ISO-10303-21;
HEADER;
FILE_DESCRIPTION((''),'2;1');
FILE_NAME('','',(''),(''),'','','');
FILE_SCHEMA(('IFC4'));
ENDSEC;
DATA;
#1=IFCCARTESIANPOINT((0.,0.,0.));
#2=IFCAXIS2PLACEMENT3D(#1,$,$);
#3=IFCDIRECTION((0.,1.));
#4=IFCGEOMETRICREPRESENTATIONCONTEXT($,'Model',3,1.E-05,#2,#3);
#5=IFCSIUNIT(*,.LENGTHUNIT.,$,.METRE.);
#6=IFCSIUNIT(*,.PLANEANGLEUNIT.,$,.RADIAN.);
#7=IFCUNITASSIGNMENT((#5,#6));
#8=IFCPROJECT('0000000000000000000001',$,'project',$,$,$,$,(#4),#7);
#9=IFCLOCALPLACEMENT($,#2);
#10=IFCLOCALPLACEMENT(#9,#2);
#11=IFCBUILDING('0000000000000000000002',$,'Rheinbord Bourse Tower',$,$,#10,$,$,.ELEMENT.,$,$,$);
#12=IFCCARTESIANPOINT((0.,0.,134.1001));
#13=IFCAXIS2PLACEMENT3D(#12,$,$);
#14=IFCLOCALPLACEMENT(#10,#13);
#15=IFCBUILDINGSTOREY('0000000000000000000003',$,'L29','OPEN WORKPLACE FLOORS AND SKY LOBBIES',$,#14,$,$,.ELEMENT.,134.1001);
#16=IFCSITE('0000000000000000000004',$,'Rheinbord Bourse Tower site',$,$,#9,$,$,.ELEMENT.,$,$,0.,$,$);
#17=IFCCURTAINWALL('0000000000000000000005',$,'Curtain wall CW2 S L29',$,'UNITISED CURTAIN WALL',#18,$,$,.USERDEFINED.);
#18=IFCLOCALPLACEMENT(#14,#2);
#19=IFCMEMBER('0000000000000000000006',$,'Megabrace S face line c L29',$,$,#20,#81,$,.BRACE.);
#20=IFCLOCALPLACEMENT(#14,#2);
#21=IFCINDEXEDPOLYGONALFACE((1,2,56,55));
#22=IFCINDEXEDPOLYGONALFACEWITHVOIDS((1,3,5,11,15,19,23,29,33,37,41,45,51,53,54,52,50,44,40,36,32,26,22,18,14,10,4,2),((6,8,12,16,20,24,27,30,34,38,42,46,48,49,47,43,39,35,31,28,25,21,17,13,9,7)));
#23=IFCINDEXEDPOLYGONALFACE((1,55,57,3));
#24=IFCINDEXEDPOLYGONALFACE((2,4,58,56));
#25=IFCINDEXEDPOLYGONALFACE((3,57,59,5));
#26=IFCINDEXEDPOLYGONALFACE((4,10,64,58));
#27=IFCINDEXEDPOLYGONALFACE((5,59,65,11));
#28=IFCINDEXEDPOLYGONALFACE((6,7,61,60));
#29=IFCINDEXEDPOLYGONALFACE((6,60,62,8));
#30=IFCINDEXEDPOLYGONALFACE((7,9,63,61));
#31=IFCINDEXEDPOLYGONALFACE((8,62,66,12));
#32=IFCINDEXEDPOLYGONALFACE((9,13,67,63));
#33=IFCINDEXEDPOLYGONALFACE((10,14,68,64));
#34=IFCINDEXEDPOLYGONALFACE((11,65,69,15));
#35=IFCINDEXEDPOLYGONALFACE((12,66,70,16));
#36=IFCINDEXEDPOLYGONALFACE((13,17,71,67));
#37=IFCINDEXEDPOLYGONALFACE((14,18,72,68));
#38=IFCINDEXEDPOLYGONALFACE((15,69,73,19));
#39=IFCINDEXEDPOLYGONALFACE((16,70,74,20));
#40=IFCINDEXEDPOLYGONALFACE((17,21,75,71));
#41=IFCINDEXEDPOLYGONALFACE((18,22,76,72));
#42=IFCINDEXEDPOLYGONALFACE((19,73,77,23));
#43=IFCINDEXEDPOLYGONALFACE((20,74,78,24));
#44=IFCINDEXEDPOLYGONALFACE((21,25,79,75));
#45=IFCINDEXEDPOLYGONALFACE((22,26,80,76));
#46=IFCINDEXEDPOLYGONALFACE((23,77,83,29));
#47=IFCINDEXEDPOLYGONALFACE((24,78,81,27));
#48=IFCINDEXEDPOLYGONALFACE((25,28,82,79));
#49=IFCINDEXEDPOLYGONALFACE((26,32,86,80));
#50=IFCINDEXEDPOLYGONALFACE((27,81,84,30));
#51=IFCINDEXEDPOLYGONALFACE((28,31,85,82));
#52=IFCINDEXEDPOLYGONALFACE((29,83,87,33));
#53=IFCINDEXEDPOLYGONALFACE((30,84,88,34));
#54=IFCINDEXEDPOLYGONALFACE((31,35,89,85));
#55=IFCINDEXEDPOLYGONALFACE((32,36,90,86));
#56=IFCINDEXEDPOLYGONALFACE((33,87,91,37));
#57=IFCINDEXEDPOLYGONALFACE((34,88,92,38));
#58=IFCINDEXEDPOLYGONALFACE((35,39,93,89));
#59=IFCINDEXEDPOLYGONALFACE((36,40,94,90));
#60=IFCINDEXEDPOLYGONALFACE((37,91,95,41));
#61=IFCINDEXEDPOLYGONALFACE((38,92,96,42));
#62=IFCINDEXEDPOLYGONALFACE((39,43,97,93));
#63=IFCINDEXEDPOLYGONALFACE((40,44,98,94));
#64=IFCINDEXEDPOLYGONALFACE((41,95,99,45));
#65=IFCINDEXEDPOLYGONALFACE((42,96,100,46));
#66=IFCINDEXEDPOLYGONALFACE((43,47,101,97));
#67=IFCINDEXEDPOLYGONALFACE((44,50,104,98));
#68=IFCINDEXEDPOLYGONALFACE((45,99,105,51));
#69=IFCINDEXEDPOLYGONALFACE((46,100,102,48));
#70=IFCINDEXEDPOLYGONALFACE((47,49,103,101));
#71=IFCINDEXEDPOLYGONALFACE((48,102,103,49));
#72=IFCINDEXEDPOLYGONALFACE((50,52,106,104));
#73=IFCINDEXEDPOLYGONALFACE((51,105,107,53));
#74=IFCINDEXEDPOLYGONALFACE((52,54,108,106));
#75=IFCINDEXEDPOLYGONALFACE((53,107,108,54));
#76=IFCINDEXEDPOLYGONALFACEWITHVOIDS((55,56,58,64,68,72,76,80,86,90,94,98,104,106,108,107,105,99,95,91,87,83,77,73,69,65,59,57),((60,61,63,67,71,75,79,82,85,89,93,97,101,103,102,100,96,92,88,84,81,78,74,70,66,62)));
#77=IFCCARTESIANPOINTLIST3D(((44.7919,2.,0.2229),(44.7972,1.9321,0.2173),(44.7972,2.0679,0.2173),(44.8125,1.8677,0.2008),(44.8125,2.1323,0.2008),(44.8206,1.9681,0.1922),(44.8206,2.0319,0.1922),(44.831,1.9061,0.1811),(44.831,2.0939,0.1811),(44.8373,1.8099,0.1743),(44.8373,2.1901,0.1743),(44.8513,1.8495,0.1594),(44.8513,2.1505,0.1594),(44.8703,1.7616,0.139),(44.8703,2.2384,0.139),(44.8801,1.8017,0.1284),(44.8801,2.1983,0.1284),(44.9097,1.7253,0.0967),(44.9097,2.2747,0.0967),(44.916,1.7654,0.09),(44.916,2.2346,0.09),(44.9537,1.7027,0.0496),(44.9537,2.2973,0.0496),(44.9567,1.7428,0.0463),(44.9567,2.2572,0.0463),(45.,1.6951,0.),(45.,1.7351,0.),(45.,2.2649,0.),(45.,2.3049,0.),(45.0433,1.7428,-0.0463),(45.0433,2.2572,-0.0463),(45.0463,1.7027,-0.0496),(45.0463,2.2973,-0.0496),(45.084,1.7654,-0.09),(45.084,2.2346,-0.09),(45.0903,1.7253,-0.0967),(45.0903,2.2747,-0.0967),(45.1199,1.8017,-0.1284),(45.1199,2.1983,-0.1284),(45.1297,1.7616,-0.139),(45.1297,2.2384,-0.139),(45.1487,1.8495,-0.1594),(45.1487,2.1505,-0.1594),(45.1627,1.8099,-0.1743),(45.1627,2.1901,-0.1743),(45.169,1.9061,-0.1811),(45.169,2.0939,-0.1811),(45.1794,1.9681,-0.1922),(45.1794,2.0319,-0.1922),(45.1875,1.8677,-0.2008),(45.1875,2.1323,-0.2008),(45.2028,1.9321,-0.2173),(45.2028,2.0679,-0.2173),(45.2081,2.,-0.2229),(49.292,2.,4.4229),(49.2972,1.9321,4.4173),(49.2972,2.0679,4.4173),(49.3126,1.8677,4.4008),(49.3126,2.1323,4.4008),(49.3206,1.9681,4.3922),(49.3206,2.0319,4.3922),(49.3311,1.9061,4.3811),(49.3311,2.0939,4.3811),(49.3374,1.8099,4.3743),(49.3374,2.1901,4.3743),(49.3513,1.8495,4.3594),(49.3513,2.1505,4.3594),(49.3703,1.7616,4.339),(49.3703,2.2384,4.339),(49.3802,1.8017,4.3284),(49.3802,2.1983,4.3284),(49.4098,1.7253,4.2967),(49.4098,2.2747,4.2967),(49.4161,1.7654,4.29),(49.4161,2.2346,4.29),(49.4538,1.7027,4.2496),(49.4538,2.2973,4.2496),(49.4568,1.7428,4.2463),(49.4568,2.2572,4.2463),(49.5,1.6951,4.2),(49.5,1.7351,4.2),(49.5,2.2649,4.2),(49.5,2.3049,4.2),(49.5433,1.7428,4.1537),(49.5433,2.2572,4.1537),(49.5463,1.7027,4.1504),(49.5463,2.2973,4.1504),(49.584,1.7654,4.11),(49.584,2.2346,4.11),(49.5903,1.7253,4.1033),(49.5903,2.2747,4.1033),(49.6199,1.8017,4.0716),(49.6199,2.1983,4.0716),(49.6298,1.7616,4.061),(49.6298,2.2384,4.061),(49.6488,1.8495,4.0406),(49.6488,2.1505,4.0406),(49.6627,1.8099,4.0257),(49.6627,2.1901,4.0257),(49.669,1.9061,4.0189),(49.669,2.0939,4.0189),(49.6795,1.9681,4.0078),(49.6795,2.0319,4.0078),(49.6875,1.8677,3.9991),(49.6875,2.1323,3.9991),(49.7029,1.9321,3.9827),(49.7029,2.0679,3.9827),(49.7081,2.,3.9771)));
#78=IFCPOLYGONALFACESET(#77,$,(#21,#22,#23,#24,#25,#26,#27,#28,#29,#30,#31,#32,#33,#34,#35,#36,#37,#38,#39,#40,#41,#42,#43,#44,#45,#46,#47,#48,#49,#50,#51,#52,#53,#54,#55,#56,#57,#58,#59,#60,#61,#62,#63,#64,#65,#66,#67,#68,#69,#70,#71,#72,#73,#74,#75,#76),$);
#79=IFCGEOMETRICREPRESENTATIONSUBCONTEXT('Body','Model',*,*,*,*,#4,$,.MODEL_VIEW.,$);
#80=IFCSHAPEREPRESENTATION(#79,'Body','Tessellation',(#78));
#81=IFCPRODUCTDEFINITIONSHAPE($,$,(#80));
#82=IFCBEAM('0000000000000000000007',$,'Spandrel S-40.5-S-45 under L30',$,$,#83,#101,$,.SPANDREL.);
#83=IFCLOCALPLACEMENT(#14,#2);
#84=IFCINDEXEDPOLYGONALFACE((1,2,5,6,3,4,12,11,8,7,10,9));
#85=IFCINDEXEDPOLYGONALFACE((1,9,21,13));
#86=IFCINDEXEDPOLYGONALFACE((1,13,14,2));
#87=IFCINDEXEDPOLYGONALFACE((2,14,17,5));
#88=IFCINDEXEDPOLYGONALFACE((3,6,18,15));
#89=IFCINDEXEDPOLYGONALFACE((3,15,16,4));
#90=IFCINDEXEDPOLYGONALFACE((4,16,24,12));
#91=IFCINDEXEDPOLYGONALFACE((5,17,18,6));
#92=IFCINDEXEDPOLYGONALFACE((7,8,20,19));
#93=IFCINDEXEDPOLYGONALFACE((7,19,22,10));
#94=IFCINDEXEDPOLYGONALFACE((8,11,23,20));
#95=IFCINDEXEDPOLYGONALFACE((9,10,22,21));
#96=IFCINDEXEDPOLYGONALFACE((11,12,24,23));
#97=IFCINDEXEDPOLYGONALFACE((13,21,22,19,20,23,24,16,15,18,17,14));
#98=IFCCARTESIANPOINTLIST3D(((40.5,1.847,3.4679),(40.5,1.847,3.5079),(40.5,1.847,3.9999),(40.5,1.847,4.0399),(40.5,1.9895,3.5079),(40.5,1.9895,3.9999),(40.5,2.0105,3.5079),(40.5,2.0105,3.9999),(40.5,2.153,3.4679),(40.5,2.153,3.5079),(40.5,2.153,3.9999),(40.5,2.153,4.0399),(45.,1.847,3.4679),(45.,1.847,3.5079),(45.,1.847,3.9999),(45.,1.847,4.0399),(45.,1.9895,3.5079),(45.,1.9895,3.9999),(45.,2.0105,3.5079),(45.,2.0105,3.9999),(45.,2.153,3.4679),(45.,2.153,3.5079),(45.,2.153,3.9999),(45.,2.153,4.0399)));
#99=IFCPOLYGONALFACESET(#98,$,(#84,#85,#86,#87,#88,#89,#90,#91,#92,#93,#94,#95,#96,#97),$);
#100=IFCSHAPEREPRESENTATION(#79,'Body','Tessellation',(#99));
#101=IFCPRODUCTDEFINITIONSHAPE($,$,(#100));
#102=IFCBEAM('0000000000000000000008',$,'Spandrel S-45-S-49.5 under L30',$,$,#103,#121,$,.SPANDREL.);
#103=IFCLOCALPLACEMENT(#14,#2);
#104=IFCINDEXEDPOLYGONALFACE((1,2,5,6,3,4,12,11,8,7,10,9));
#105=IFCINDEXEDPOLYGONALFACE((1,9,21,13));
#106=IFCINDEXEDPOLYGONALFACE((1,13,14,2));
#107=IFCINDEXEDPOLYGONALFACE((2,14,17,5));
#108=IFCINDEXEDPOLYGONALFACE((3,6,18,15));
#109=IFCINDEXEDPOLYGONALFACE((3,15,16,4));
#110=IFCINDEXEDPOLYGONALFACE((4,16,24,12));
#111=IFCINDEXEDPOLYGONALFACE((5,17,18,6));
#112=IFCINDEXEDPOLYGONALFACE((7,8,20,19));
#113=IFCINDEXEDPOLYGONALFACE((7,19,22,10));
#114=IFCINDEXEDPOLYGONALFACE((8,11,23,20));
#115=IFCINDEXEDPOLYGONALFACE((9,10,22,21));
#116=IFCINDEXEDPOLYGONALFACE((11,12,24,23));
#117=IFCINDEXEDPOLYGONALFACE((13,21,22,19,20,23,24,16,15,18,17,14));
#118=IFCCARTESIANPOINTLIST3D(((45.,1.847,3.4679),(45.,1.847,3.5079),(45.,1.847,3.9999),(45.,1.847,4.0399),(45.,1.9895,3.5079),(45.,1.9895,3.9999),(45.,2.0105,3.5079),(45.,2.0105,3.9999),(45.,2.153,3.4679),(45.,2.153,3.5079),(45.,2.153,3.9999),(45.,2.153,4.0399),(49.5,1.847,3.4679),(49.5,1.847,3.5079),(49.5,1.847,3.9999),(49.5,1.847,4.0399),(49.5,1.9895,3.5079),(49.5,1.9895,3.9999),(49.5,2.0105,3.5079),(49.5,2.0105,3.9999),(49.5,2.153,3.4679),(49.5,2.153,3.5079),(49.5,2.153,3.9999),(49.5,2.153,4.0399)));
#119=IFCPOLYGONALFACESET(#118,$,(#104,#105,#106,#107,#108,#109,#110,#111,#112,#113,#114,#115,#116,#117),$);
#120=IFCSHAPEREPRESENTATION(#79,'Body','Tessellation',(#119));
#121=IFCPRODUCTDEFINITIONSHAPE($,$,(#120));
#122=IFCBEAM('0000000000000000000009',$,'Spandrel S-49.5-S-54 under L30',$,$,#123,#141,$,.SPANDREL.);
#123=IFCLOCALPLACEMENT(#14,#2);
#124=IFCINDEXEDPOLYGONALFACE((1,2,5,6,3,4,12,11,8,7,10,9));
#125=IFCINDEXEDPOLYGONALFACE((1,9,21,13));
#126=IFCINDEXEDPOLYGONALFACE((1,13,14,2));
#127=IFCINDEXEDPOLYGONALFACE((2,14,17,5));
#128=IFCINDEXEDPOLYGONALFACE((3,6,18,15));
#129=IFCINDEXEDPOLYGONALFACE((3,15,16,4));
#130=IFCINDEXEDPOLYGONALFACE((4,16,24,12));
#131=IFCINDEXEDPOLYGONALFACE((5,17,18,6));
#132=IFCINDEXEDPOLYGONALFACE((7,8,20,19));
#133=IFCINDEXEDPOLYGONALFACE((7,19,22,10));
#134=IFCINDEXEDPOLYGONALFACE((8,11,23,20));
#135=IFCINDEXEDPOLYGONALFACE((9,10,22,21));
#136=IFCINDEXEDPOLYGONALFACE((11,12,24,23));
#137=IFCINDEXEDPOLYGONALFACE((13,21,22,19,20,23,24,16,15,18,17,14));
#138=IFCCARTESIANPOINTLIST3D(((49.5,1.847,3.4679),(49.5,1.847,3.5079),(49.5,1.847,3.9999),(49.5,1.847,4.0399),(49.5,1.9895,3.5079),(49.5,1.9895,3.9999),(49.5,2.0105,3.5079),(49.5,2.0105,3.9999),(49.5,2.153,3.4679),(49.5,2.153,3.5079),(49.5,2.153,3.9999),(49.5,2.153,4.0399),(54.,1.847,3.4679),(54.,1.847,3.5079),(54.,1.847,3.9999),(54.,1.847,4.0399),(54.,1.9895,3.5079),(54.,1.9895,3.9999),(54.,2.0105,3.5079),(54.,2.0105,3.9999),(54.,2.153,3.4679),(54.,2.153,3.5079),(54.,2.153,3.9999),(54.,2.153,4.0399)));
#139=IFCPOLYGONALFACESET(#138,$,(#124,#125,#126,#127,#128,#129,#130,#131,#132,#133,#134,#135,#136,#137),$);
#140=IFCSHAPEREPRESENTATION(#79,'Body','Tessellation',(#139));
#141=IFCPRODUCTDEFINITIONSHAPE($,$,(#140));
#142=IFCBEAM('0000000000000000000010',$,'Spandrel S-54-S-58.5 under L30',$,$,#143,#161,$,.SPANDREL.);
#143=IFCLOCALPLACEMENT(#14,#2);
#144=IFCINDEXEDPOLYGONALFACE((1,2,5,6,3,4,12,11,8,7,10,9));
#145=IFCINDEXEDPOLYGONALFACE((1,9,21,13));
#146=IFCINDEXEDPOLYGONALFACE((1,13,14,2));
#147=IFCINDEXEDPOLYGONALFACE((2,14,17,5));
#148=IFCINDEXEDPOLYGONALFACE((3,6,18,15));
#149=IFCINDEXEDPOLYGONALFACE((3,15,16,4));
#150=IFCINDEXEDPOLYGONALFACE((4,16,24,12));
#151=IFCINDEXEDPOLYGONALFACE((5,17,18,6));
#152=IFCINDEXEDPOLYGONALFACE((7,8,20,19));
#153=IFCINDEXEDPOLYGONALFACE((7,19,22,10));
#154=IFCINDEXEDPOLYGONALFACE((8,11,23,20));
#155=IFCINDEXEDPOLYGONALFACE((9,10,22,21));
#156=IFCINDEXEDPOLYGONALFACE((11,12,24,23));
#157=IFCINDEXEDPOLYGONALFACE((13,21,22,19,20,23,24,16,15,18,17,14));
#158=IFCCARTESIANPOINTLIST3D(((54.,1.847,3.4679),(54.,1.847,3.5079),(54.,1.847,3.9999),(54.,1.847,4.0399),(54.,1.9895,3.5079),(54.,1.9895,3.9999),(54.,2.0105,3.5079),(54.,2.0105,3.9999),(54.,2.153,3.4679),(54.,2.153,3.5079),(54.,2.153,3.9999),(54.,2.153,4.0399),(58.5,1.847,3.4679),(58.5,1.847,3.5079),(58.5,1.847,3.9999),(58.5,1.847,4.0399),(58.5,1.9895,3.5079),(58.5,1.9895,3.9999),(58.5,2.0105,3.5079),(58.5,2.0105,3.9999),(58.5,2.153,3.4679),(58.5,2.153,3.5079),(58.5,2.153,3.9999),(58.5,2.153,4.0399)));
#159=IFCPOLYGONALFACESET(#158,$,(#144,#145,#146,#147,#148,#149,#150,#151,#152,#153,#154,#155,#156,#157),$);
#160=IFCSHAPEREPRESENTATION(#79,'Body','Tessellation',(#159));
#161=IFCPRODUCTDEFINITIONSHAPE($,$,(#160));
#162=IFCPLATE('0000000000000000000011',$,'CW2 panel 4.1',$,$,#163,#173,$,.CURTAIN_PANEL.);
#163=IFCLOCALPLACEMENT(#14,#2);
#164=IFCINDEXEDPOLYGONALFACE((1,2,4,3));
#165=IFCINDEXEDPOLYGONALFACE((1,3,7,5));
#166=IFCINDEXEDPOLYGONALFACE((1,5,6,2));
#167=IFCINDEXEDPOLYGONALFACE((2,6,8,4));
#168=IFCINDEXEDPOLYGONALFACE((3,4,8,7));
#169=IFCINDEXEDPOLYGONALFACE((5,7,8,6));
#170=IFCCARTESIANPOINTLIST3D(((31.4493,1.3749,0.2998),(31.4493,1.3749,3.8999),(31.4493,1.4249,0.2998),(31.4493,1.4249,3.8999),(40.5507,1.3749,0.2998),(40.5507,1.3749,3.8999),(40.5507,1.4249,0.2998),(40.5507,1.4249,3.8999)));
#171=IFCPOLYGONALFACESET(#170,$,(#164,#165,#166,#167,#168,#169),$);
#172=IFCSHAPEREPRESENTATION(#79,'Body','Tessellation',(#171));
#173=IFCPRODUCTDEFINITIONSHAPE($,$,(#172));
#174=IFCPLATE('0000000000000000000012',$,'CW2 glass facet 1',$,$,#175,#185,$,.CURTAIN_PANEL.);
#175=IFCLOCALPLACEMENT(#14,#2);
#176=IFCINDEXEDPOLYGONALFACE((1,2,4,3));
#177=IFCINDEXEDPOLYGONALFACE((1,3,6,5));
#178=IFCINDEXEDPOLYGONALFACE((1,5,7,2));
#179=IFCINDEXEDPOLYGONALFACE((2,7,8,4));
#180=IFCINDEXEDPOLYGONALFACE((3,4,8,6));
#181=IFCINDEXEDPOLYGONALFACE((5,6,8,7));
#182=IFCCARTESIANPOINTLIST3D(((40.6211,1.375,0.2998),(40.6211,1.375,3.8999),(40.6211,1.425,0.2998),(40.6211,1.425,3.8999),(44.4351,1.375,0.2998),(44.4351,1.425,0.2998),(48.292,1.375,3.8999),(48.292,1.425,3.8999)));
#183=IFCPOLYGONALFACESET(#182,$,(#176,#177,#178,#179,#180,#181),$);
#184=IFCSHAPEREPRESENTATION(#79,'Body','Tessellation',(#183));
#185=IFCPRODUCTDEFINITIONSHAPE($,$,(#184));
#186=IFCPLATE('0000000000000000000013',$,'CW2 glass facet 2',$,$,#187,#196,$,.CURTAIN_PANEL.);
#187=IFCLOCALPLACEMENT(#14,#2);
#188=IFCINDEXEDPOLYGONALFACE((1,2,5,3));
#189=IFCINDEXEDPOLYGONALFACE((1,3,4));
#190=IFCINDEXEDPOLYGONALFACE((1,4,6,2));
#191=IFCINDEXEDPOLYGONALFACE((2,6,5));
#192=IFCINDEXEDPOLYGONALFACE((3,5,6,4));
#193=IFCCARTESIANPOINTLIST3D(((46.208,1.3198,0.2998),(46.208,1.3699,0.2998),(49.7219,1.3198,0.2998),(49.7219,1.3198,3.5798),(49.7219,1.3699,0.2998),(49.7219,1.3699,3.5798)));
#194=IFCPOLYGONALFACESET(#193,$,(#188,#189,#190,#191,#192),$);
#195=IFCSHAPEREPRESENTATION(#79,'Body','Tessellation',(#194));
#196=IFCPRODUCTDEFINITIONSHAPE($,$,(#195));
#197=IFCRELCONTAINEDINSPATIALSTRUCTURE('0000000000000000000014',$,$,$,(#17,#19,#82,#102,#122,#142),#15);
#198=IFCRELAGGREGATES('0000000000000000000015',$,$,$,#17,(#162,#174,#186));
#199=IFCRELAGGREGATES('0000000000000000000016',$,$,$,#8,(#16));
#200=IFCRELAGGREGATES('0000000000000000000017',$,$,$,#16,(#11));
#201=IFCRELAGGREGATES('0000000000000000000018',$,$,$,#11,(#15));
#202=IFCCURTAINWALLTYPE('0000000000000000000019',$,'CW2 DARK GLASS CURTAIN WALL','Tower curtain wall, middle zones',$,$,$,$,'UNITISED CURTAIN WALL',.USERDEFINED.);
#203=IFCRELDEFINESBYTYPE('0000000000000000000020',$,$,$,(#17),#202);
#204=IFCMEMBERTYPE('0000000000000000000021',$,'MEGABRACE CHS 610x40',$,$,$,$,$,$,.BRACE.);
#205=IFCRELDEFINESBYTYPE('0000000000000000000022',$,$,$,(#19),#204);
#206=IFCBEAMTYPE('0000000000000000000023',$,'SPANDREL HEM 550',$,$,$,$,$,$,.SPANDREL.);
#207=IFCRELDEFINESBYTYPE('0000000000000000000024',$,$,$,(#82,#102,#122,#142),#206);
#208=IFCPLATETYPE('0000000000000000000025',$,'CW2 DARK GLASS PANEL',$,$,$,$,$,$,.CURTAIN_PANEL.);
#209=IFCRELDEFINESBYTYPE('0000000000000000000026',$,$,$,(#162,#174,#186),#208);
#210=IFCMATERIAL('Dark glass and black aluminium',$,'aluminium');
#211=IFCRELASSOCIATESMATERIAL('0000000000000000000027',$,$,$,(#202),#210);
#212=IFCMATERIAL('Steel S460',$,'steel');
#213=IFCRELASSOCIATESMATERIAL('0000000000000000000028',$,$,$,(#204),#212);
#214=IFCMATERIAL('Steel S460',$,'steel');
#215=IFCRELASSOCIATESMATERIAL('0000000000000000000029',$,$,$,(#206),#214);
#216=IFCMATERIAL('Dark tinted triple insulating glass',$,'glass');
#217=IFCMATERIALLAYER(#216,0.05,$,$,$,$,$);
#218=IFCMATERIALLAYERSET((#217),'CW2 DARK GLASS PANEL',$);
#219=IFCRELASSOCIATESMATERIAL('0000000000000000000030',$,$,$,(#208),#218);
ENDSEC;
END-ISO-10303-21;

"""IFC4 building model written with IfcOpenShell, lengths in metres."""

from ifc_helpers import new_model, si_unit, direction, frame, origin, origin_2d, place, context, subcontext, project, spatial, polyline, rectangle, hollow_circle, i_section, outline, extrude, material, layer, layer_set, material_profile, profile_set, type_object, element, aggregate, save


model = new_model("IFC4")

# Units and contexts
model_context = context("Model", 3, precision=1e-05, world=origin(), true_north=direction((0.0, 1.0)))
body_context = subcontext(model_context, "Body", "Model", "MODEL_VIEW")
ifc_project = project(units=[si_unit("LENGTHUNIT", "METRE"), si_unit("PLANEANGLEUNIT", "RADIAN")], contexts=[model_context])

# Site, building, storey
site_placement = place(None, origin())
site = spatial("IfcSite", under=ifc_project, at=site_placement, Name="Rheinbord Bourse Tower site", CompositionType="ELEMENT", RefElevation=0.0)
building_placement = place(site_placement, origin())
building = spatial("IfcBuilding", under=site, at=building_placement, Name="Rheinbord Bourse Tower", CompositionType="ELEMENT")
storey_placement = place(building_placement, frame((0.0, 0.0, 134.1001)))
storey = spatial("IfcBuildingStorey", under=building, at=storey_placement, Name="L29", Description="OPEN WORKPLACE FLOORS AND SKY LOBBIES", CompositionType="ELEMENT", Elevation=134.1001)

# Curtain wall
ifc_material_1 = material(Name="Dark glass and black aluminium", Category="aluminium")
curtain_wall_type = type_object("IfcCurtainWallType", Name="CW2 DARK GLASS CURTAIN WALL", Description="Tower curtain wall, middle zones", ElementType="UNITISED CURTAIN WALL", PredefinedType="USERDEFINED", material=ifc_material_1)
curtain_wall_placement = place(storey_placement, origin())
curtain_wall = element("IfcCurtainWall", 1, at=curtain_wall_placement, inside=storey, type_object=curtain_wall_type, Name="Curtain wall CW2 S L29", ObjectType="UNITISED CURTAIN WALL", PredefinedType="USERDEFINED")

# Member
ifc_material_2 = material(Name="Steel S460", Category="steel")
ifc_material_profile_1 = material_profile(ifc_material_2, hollow_circle(Radius=0.3049, WallThickness=0.04, at=origin_2d()), Name="CHS 610x40")
ifc_profile_set_1 = profile_set([ifc_material_profile_1], Name="Steel S460")
member_type_1 = type_object("IfcMemberType", Name="MEGABRACE CHS 610x40", PredefinedType="BRACE", material=ifc_profile_set_1)
member_1_placement = place(storey_placement, frame((45.0, 2.0, 0.0), z_axis=(0.731059, 0.0, 0.682314), x_axis=(0.0, 1.0, 0.0)))
element("IfcMember", 2, at=member_1_placement, inside=storey, type_object=member_type_1, Name="Megabrace S face line c L29", PredefinedType="BRACE", context=body_context, shape_type="SweptSolid", body=[
    extrude(hollow_circle(Radius=0.3049, WallThickness=0.04, at=origin_2d()), origin(), (0.0, 0.0, 1.0), 6.1555),
])

# Beams
ifc_material_3 = material(Name="Steel S460", Category="steel")
ifc_material_profile_2 = material_profile(ifc_material_3, i_section(OverallWidth=0.3059, OverallDepth=0.572, WebThickness=0.021, FlangeThickness=0.04, at=origin_2d()), Name="HEM 550")
ifc_profile_set_2 = profile_set([ifc_material_profile_2], Name="Steel S460")
beam_type_1 = type_object("IfcBeamType", Name="SPANDREL HEM 550", PredefinedType="SPANDREL", material=ifc_profile_set_2)
for number, where, z_axis, x_axis, name in (
    (3, (40.5, 2.0, 3.7539), (1.0, 0.0, 0.0), (0.0, 1.0, 0.0), "Spandrel S-40.5-S-45 under L30"),
    (4, (45.0, 2.0, 3.7539), (1.0, 0.0, 0.0), (0.0, 1.0, 0.0), "Spandrel S-45-S-49.5 under L30"),
    (5, (49.5, 2.0, 3.7539), (1.0, 0.0, 0.0), (0.0, 1.0, 0.0), "Spandrel S-49.5-S-54 under L30"),
    (6, (54.0, 2.0, 3.7539), (1.0, 0.0, 0.0), (0.0, 1.0, 0.0), "Spandrel S-54-S-58.5 under L30"),
):
    element("IfcBeam", number, at=place(storey_placement, frame(where, z_axis=z_axis, x_axis=x_axis)), inside=storey, type_object=beam_type_1, Name=name, PredefinedType="SPANDREL", context=body_context, shape_type="SweptSolid", body=[
        extrude(i_section(OverallWidth=0.3059, OverallDepth=0.572, WebThickness=0.021, FlangeThickness=0.04, at=origin_2d()), origin(), (0.0, 0.0, 1.0), 4.5),
    ])

# Plates
ifc_material_4 = material(Name="Dark tinted triple insulating glass", Category="glass")
ifc_layer_1 = layer(ifc_material_4, 0.05)
ifc_layer_set_1 = layer_set([ifc_layer_1], Name="CW2 DARK GLASS PANEL")
plate_type = type_object("IfcPlateType", Name="CW2 DARK GLASS PANEL", PredefinedType="CURTAIN_PANEL", material=ifc_layer_set_1)
plate_1_placement = place(storey_placement, frame((36.0, 1.3999, 0.2998), z_axis=(0.0, 0.0, 1.0), x_axis=(1.0, 0.0, 0.0)))
plate_1 = element("IfcPlate", 7, at=plate_1_placement, type_object=plate_type, Name="CW2 panel 4.1", PredefinedType="CURTAIN_PANEL", context=body_context, shape_type="SweptSolid", body=[
    extrude(rectangle(XDim=9.1013, YDim=0.05, at=origin_2d()), origin(), (0.0, 0.0, 1.0), 3.6001),
])
plate_2_placement = place(storey_placement, frame((40.6211, 1.375, 0.2998), z_axis=(0.0, 1.0, 0.0), x_axis=(0.0, 0.0, 1.0)))
plate_2 = element("IfcPlate", 8, at=plate_2_placement, type_object=plate_type, Name="CW2 glass facet 1", PredefinedType="CURTAIN_PANEL", context=body_context, shape_type="SweptSolid", body=[
    extrude(outline(polyline([(0.0, 0.0), (3.6001, 0.0), (3.6001, 7.6709), (0.0, 3.814), (0.0, 0.0)])), origin(), (0.0, 0.0, 1.0), 0.05),
])
plate_3_placement = place(storey_placement, frame((49.7219, 1.3198, 0.2998), z_axis=(0.0, 1.0, 0.0), x_axis=(-1.0, 0.0, 0.0)))
plate_3 = element("IfcPlate", 9, at=plate_3_placement, type_object=plate_type, Name="CW2 glass facet 2", PredefinedType="CURTAIN_PANEL", context=body_context, shape_type="SweptSolid", body=[
    extrude(outline(polyline([(0.0, 0.0), (3.5139, 0.0), (0.0, 3.28), (0.0, 0.0)])), origin(), (0.0, 0.0, 1.0), 0.05),
])
aggregate(curtain_wall, [plate_1, plate_2, plate_3])

save(model, "model.ifc")
